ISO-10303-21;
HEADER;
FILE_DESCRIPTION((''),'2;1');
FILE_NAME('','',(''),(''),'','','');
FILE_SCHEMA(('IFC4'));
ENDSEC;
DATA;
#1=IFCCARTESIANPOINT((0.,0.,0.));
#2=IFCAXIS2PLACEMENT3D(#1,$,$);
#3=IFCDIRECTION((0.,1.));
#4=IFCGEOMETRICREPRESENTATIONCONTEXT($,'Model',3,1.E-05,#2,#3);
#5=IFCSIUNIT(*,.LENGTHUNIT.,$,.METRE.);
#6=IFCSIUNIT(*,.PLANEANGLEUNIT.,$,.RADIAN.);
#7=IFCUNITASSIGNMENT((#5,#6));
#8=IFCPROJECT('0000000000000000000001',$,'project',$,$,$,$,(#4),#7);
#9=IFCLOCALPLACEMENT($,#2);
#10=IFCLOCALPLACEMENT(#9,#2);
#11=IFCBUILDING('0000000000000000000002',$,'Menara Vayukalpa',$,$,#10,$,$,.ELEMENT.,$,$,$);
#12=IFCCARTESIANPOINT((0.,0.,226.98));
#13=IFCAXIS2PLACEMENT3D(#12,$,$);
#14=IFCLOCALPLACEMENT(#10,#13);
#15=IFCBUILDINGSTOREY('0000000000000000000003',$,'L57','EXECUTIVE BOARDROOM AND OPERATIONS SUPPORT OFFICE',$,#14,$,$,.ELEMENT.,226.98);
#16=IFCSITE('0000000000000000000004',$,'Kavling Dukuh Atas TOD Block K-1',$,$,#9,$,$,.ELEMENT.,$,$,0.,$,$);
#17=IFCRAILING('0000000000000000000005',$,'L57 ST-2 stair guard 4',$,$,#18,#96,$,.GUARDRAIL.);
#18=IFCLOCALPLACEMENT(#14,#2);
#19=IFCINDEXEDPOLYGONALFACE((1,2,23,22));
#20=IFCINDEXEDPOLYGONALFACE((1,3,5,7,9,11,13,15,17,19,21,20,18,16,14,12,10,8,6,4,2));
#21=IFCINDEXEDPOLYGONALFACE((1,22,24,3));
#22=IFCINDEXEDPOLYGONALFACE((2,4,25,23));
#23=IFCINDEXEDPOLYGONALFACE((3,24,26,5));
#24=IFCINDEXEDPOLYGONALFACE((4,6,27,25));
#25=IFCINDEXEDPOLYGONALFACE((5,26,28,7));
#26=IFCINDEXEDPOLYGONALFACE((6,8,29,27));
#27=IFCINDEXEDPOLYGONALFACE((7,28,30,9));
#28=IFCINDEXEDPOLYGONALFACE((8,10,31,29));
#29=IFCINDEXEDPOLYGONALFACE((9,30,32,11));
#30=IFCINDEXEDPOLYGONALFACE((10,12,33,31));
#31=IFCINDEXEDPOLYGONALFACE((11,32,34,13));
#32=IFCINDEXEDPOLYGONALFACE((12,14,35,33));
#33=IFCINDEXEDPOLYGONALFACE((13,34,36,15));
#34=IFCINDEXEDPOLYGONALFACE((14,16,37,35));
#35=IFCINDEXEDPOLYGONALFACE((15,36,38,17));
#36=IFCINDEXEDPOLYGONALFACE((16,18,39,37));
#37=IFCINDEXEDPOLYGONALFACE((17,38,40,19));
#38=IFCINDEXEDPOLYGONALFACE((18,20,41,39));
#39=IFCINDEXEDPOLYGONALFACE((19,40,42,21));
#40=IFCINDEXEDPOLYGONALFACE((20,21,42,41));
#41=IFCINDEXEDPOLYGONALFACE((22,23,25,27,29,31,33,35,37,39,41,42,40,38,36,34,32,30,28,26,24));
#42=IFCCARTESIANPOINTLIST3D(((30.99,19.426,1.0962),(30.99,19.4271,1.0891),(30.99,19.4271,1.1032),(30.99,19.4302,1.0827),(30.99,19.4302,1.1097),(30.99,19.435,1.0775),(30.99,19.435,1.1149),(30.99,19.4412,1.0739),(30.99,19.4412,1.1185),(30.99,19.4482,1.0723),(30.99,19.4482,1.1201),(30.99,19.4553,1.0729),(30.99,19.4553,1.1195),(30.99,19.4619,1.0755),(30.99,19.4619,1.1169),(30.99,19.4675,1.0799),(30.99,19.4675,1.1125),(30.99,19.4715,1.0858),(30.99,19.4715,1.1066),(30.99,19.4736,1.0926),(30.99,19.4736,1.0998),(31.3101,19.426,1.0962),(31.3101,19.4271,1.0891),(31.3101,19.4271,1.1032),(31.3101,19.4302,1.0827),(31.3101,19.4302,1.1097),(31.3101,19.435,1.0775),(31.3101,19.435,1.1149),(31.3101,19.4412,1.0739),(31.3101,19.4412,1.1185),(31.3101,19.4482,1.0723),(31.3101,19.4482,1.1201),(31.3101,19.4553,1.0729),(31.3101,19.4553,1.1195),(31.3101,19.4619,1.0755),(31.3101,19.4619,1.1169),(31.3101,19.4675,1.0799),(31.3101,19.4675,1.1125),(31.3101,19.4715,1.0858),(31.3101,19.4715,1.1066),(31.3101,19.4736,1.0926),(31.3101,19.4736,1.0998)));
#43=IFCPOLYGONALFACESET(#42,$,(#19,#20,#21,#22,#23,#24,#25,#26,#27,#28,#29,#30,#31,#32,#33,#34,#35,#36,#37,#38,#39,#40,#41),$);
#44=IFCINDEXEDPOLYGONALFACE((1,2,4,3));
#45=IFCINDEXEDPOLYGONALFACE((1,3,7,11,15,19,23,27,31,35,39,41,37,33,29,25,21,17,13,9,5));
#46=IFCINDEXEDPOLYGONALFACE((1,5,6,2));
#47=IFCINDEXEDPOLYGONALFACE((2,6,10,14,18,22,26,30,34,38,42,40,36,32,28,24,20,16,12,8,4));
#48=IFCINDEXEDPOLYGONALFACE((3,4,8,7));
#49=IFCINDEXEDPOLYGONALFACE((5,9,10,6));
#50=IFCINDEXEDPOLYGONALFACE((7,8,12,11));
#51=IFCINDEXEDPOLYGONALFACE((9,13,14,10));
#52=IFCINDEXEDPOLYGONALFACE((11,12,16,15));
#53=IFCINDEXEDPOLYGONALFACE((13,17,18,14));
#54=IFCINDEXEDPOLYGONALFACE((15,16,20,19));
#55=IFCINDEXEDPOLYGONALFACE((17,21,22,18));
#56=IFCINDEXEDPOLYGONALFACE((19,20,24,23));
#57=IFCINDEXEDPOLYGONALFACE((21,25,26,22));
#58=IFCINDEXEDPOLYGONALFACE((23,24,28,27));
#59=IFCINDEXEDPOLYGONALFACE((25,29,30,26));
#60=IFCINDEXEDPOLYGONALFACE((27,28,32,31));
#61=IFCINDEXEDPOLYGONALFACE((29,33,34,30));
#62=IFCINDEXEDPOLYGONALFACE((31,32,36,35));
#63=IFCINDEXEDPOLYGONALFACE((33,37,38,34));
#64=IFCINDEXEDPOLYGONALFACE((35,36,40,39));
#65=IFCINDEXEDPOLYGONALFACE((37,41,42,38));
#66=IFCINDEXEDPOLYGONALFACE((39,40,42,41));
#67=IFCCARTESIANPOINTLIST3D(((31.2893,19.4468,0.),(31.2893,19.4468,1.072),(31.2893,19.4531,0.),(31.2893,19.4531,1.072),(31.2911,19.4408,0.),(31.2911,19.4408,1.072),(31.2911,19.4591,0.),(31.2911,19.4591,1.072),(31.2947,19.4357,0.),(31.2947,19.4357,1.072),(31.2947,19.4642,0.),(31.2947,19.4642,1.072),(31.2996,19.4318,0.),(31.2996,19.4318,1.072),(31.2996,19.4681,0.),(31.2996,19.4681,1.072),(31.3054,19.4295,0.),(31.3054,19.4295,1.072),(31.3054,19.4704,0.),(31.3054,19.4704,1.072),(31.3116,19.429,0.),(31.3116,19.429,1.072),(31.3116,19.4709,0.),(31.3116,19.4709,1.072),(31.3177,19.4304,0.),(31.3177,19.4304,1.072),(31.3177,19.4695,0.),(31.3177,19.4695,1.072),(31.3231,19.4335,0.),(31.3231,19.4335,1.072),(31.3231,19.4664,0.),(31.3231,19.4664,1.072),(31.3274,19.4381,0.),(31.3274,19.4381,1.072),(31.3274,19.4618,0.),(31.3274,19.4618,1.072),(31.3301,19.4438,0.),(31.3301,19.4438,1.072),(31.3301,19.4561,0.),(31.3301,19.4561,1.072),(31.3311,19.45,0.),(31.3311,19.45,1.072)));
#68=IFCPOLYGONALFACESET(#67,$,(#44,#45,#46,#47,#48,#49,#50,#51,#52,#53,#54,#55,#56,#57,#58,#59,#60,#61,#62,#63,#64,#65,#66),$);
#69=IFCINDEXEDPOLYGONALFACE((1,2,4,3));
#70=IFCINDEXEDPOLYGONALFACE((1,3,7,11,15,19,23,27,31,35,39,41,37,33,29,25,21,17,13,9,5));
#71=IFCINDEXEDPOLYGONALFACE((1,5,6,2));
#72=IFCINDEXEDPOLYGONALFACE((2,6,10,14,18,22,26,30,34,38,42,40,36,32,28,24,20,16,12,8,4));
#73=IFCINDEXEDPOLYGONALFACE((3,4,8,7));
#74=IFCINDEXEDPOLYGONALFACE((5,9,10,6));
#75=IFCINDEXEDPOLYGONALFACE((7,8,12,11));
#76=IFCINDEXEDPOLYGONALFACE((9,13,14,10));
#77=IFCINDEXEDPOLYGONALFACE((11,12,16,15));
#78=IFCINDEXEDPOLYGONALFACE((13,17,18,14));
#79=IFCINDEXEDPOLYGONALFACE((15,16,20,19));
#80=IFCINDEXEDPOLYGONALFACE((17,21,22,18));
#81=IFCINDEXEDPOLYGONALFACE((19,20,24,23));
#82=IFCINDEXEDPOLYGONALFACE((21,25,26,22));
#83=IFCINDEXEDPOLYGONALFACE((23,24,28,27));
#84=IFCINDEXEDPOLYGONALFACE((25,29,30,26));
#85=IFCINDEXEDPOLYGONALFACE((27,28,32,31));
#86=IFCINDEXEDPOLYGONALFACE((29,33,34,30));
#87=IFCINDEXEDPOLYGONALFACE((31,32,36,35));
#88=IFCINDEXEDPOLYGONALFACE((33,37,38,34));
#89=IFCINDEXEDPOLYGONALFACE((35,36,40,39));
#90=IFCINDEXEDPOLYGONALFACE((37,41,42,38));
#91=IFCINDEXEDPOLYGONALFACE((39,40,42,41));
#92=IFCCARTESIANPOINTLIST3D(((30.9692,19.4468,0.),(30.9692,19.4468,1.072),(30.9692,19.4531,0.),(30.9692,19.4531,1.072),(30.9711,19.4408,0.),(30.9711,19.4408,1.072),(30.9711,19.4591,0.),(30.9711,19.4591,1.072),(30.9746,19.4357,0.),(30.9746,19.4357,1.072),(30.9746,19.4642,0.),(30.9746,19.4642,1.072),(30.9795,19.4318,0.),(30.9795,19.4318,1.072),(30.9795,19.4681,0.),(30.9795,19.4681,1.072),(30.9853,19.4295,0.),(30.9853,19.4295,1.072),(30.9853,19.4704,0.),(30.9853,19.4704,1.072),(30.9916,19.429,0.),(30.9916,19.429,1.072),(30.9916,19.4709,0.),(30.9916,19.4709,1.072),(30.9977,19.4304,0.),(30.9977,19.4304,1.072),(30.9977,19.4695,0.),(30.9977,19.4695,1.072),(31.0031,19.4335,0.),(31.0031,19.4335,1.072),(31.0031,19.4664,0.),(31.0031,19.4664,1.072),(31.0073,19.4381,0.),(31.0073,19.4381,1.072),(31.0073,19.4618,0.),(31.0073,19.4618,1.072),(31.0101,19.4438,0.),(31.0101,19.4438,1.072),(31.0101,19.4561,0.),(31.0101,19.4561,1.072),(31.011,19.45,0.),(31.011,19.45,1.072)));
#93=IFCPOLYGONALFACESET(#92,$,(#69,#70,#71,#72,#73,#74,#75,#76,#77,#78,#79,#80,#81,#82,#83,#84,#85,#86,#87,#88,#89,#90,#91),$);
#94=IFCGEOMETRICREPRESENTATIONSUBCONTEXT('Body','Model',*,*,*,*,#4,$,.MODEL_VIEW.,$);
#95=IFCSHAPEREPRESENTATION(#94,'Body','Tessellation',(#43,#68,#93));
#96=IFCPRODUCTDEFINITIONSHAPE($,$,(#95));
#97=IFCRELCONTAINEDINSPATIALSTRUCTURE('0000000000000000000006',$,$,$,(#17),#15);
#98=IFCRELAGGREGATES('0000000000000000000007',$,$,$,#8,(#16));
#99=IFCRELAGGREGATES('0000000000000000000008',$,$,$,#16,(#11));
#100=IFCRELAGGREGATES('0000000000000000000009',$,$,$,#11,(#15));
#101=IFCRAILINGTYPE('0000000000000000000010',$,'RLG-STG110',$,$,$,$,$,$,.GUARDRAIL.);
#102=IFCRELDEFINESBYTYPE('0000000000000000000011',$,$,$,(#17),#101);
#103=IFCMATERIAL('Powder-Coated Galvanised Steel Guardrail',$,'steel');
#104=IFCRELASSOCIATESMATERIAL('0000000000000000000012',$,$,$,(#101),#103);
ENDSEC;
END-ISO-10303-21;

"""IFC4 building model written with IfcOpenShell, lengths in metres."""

from ifc_helpers import new_model, si_unit, direction, frame, origin, origin_2d, place, context, subcontext, project, spatial, circle, extrude, material, type_object, element, save


model = new_model("IFC4")

# Units and contexts
model_context = context("Model", 3, precision=1e-05, world=origin(), true_north=direction((0.0, 1.0)))
body_context = subcontext(model_context, "Body", "Model", "MODEL_VIEW")
ifc_project = project(units=[si_unit("LENGTHUNIT", "METRE"), si_unit("PLANEANGLEUNIT", "RADIAN")], contexts=[model_context])

# Site, building, storey
site_placement = place(None, origin())
site = spatial("IfcSite", under=ifc_project, at=site_placement, Name="Kavling Dukuh Atas TOD Block K-1", CompositionType="ELEMENT", RefElevation=0.0)
building_placement = place(site_placement, origin())
building = spatial("IfcBuilding", under=site, at=building_placement, Name="Menara Vayukalpa", CompositionType="ELEMENT")
storey_placement = place(building_placement, frame((0.0, 0.0, 226.98)))
storey = spatial("IfcBuildingStorey", under=building, at=storey_placement, Name="L57", Description="EXECUTIVE BOARDROOM AND OPERATIONS SUPPORT OFFICE", CompositionType="ELEMENT", Elevation=226.98)

# Railing
ifc_material_1 = material(Name="Powder-Coated Galvanised Steel Guardrail", Category="steel")
railing_type_1 = type_object("IfcRailingType", Name="RLG-STG110", PredefinedType="GUARDRAIL", material=ifc_material_1)
railing_1_placement = place(storey_placement, frame((31.3101, 19.45, 0.0)))
element("IfcRailing", 1, at=railing_1_placement, inside=storey, type_object=railing_type_1, Name="L57 ST-2 stair guard 4", PredefinedType="GUARDRAIL", context=body_context, shape_type="SweptSolid", body=[
    extrude(circle(Radius=0.0239, at=origin_2d()), frame((0.0, 0.0, 1.0962), z_axis=(-1.0, 0.0, 0.0), x_axis=(0.0, -1.0, 0.0)), (0.0, 0.0, 1.0), 0.3201),
    extrude(circle(Radius=0.021, at=origin_2d()), origin(), (0.0, 0.0, 1.0), 1.072),
    extrude(circle(Radius=0.021, at=origin_2d()), frame((-0.3201, 0.0, 0.0)), (0.0, 0.0, 1.0), 1.072),
])

save(model, "model.ifc")
